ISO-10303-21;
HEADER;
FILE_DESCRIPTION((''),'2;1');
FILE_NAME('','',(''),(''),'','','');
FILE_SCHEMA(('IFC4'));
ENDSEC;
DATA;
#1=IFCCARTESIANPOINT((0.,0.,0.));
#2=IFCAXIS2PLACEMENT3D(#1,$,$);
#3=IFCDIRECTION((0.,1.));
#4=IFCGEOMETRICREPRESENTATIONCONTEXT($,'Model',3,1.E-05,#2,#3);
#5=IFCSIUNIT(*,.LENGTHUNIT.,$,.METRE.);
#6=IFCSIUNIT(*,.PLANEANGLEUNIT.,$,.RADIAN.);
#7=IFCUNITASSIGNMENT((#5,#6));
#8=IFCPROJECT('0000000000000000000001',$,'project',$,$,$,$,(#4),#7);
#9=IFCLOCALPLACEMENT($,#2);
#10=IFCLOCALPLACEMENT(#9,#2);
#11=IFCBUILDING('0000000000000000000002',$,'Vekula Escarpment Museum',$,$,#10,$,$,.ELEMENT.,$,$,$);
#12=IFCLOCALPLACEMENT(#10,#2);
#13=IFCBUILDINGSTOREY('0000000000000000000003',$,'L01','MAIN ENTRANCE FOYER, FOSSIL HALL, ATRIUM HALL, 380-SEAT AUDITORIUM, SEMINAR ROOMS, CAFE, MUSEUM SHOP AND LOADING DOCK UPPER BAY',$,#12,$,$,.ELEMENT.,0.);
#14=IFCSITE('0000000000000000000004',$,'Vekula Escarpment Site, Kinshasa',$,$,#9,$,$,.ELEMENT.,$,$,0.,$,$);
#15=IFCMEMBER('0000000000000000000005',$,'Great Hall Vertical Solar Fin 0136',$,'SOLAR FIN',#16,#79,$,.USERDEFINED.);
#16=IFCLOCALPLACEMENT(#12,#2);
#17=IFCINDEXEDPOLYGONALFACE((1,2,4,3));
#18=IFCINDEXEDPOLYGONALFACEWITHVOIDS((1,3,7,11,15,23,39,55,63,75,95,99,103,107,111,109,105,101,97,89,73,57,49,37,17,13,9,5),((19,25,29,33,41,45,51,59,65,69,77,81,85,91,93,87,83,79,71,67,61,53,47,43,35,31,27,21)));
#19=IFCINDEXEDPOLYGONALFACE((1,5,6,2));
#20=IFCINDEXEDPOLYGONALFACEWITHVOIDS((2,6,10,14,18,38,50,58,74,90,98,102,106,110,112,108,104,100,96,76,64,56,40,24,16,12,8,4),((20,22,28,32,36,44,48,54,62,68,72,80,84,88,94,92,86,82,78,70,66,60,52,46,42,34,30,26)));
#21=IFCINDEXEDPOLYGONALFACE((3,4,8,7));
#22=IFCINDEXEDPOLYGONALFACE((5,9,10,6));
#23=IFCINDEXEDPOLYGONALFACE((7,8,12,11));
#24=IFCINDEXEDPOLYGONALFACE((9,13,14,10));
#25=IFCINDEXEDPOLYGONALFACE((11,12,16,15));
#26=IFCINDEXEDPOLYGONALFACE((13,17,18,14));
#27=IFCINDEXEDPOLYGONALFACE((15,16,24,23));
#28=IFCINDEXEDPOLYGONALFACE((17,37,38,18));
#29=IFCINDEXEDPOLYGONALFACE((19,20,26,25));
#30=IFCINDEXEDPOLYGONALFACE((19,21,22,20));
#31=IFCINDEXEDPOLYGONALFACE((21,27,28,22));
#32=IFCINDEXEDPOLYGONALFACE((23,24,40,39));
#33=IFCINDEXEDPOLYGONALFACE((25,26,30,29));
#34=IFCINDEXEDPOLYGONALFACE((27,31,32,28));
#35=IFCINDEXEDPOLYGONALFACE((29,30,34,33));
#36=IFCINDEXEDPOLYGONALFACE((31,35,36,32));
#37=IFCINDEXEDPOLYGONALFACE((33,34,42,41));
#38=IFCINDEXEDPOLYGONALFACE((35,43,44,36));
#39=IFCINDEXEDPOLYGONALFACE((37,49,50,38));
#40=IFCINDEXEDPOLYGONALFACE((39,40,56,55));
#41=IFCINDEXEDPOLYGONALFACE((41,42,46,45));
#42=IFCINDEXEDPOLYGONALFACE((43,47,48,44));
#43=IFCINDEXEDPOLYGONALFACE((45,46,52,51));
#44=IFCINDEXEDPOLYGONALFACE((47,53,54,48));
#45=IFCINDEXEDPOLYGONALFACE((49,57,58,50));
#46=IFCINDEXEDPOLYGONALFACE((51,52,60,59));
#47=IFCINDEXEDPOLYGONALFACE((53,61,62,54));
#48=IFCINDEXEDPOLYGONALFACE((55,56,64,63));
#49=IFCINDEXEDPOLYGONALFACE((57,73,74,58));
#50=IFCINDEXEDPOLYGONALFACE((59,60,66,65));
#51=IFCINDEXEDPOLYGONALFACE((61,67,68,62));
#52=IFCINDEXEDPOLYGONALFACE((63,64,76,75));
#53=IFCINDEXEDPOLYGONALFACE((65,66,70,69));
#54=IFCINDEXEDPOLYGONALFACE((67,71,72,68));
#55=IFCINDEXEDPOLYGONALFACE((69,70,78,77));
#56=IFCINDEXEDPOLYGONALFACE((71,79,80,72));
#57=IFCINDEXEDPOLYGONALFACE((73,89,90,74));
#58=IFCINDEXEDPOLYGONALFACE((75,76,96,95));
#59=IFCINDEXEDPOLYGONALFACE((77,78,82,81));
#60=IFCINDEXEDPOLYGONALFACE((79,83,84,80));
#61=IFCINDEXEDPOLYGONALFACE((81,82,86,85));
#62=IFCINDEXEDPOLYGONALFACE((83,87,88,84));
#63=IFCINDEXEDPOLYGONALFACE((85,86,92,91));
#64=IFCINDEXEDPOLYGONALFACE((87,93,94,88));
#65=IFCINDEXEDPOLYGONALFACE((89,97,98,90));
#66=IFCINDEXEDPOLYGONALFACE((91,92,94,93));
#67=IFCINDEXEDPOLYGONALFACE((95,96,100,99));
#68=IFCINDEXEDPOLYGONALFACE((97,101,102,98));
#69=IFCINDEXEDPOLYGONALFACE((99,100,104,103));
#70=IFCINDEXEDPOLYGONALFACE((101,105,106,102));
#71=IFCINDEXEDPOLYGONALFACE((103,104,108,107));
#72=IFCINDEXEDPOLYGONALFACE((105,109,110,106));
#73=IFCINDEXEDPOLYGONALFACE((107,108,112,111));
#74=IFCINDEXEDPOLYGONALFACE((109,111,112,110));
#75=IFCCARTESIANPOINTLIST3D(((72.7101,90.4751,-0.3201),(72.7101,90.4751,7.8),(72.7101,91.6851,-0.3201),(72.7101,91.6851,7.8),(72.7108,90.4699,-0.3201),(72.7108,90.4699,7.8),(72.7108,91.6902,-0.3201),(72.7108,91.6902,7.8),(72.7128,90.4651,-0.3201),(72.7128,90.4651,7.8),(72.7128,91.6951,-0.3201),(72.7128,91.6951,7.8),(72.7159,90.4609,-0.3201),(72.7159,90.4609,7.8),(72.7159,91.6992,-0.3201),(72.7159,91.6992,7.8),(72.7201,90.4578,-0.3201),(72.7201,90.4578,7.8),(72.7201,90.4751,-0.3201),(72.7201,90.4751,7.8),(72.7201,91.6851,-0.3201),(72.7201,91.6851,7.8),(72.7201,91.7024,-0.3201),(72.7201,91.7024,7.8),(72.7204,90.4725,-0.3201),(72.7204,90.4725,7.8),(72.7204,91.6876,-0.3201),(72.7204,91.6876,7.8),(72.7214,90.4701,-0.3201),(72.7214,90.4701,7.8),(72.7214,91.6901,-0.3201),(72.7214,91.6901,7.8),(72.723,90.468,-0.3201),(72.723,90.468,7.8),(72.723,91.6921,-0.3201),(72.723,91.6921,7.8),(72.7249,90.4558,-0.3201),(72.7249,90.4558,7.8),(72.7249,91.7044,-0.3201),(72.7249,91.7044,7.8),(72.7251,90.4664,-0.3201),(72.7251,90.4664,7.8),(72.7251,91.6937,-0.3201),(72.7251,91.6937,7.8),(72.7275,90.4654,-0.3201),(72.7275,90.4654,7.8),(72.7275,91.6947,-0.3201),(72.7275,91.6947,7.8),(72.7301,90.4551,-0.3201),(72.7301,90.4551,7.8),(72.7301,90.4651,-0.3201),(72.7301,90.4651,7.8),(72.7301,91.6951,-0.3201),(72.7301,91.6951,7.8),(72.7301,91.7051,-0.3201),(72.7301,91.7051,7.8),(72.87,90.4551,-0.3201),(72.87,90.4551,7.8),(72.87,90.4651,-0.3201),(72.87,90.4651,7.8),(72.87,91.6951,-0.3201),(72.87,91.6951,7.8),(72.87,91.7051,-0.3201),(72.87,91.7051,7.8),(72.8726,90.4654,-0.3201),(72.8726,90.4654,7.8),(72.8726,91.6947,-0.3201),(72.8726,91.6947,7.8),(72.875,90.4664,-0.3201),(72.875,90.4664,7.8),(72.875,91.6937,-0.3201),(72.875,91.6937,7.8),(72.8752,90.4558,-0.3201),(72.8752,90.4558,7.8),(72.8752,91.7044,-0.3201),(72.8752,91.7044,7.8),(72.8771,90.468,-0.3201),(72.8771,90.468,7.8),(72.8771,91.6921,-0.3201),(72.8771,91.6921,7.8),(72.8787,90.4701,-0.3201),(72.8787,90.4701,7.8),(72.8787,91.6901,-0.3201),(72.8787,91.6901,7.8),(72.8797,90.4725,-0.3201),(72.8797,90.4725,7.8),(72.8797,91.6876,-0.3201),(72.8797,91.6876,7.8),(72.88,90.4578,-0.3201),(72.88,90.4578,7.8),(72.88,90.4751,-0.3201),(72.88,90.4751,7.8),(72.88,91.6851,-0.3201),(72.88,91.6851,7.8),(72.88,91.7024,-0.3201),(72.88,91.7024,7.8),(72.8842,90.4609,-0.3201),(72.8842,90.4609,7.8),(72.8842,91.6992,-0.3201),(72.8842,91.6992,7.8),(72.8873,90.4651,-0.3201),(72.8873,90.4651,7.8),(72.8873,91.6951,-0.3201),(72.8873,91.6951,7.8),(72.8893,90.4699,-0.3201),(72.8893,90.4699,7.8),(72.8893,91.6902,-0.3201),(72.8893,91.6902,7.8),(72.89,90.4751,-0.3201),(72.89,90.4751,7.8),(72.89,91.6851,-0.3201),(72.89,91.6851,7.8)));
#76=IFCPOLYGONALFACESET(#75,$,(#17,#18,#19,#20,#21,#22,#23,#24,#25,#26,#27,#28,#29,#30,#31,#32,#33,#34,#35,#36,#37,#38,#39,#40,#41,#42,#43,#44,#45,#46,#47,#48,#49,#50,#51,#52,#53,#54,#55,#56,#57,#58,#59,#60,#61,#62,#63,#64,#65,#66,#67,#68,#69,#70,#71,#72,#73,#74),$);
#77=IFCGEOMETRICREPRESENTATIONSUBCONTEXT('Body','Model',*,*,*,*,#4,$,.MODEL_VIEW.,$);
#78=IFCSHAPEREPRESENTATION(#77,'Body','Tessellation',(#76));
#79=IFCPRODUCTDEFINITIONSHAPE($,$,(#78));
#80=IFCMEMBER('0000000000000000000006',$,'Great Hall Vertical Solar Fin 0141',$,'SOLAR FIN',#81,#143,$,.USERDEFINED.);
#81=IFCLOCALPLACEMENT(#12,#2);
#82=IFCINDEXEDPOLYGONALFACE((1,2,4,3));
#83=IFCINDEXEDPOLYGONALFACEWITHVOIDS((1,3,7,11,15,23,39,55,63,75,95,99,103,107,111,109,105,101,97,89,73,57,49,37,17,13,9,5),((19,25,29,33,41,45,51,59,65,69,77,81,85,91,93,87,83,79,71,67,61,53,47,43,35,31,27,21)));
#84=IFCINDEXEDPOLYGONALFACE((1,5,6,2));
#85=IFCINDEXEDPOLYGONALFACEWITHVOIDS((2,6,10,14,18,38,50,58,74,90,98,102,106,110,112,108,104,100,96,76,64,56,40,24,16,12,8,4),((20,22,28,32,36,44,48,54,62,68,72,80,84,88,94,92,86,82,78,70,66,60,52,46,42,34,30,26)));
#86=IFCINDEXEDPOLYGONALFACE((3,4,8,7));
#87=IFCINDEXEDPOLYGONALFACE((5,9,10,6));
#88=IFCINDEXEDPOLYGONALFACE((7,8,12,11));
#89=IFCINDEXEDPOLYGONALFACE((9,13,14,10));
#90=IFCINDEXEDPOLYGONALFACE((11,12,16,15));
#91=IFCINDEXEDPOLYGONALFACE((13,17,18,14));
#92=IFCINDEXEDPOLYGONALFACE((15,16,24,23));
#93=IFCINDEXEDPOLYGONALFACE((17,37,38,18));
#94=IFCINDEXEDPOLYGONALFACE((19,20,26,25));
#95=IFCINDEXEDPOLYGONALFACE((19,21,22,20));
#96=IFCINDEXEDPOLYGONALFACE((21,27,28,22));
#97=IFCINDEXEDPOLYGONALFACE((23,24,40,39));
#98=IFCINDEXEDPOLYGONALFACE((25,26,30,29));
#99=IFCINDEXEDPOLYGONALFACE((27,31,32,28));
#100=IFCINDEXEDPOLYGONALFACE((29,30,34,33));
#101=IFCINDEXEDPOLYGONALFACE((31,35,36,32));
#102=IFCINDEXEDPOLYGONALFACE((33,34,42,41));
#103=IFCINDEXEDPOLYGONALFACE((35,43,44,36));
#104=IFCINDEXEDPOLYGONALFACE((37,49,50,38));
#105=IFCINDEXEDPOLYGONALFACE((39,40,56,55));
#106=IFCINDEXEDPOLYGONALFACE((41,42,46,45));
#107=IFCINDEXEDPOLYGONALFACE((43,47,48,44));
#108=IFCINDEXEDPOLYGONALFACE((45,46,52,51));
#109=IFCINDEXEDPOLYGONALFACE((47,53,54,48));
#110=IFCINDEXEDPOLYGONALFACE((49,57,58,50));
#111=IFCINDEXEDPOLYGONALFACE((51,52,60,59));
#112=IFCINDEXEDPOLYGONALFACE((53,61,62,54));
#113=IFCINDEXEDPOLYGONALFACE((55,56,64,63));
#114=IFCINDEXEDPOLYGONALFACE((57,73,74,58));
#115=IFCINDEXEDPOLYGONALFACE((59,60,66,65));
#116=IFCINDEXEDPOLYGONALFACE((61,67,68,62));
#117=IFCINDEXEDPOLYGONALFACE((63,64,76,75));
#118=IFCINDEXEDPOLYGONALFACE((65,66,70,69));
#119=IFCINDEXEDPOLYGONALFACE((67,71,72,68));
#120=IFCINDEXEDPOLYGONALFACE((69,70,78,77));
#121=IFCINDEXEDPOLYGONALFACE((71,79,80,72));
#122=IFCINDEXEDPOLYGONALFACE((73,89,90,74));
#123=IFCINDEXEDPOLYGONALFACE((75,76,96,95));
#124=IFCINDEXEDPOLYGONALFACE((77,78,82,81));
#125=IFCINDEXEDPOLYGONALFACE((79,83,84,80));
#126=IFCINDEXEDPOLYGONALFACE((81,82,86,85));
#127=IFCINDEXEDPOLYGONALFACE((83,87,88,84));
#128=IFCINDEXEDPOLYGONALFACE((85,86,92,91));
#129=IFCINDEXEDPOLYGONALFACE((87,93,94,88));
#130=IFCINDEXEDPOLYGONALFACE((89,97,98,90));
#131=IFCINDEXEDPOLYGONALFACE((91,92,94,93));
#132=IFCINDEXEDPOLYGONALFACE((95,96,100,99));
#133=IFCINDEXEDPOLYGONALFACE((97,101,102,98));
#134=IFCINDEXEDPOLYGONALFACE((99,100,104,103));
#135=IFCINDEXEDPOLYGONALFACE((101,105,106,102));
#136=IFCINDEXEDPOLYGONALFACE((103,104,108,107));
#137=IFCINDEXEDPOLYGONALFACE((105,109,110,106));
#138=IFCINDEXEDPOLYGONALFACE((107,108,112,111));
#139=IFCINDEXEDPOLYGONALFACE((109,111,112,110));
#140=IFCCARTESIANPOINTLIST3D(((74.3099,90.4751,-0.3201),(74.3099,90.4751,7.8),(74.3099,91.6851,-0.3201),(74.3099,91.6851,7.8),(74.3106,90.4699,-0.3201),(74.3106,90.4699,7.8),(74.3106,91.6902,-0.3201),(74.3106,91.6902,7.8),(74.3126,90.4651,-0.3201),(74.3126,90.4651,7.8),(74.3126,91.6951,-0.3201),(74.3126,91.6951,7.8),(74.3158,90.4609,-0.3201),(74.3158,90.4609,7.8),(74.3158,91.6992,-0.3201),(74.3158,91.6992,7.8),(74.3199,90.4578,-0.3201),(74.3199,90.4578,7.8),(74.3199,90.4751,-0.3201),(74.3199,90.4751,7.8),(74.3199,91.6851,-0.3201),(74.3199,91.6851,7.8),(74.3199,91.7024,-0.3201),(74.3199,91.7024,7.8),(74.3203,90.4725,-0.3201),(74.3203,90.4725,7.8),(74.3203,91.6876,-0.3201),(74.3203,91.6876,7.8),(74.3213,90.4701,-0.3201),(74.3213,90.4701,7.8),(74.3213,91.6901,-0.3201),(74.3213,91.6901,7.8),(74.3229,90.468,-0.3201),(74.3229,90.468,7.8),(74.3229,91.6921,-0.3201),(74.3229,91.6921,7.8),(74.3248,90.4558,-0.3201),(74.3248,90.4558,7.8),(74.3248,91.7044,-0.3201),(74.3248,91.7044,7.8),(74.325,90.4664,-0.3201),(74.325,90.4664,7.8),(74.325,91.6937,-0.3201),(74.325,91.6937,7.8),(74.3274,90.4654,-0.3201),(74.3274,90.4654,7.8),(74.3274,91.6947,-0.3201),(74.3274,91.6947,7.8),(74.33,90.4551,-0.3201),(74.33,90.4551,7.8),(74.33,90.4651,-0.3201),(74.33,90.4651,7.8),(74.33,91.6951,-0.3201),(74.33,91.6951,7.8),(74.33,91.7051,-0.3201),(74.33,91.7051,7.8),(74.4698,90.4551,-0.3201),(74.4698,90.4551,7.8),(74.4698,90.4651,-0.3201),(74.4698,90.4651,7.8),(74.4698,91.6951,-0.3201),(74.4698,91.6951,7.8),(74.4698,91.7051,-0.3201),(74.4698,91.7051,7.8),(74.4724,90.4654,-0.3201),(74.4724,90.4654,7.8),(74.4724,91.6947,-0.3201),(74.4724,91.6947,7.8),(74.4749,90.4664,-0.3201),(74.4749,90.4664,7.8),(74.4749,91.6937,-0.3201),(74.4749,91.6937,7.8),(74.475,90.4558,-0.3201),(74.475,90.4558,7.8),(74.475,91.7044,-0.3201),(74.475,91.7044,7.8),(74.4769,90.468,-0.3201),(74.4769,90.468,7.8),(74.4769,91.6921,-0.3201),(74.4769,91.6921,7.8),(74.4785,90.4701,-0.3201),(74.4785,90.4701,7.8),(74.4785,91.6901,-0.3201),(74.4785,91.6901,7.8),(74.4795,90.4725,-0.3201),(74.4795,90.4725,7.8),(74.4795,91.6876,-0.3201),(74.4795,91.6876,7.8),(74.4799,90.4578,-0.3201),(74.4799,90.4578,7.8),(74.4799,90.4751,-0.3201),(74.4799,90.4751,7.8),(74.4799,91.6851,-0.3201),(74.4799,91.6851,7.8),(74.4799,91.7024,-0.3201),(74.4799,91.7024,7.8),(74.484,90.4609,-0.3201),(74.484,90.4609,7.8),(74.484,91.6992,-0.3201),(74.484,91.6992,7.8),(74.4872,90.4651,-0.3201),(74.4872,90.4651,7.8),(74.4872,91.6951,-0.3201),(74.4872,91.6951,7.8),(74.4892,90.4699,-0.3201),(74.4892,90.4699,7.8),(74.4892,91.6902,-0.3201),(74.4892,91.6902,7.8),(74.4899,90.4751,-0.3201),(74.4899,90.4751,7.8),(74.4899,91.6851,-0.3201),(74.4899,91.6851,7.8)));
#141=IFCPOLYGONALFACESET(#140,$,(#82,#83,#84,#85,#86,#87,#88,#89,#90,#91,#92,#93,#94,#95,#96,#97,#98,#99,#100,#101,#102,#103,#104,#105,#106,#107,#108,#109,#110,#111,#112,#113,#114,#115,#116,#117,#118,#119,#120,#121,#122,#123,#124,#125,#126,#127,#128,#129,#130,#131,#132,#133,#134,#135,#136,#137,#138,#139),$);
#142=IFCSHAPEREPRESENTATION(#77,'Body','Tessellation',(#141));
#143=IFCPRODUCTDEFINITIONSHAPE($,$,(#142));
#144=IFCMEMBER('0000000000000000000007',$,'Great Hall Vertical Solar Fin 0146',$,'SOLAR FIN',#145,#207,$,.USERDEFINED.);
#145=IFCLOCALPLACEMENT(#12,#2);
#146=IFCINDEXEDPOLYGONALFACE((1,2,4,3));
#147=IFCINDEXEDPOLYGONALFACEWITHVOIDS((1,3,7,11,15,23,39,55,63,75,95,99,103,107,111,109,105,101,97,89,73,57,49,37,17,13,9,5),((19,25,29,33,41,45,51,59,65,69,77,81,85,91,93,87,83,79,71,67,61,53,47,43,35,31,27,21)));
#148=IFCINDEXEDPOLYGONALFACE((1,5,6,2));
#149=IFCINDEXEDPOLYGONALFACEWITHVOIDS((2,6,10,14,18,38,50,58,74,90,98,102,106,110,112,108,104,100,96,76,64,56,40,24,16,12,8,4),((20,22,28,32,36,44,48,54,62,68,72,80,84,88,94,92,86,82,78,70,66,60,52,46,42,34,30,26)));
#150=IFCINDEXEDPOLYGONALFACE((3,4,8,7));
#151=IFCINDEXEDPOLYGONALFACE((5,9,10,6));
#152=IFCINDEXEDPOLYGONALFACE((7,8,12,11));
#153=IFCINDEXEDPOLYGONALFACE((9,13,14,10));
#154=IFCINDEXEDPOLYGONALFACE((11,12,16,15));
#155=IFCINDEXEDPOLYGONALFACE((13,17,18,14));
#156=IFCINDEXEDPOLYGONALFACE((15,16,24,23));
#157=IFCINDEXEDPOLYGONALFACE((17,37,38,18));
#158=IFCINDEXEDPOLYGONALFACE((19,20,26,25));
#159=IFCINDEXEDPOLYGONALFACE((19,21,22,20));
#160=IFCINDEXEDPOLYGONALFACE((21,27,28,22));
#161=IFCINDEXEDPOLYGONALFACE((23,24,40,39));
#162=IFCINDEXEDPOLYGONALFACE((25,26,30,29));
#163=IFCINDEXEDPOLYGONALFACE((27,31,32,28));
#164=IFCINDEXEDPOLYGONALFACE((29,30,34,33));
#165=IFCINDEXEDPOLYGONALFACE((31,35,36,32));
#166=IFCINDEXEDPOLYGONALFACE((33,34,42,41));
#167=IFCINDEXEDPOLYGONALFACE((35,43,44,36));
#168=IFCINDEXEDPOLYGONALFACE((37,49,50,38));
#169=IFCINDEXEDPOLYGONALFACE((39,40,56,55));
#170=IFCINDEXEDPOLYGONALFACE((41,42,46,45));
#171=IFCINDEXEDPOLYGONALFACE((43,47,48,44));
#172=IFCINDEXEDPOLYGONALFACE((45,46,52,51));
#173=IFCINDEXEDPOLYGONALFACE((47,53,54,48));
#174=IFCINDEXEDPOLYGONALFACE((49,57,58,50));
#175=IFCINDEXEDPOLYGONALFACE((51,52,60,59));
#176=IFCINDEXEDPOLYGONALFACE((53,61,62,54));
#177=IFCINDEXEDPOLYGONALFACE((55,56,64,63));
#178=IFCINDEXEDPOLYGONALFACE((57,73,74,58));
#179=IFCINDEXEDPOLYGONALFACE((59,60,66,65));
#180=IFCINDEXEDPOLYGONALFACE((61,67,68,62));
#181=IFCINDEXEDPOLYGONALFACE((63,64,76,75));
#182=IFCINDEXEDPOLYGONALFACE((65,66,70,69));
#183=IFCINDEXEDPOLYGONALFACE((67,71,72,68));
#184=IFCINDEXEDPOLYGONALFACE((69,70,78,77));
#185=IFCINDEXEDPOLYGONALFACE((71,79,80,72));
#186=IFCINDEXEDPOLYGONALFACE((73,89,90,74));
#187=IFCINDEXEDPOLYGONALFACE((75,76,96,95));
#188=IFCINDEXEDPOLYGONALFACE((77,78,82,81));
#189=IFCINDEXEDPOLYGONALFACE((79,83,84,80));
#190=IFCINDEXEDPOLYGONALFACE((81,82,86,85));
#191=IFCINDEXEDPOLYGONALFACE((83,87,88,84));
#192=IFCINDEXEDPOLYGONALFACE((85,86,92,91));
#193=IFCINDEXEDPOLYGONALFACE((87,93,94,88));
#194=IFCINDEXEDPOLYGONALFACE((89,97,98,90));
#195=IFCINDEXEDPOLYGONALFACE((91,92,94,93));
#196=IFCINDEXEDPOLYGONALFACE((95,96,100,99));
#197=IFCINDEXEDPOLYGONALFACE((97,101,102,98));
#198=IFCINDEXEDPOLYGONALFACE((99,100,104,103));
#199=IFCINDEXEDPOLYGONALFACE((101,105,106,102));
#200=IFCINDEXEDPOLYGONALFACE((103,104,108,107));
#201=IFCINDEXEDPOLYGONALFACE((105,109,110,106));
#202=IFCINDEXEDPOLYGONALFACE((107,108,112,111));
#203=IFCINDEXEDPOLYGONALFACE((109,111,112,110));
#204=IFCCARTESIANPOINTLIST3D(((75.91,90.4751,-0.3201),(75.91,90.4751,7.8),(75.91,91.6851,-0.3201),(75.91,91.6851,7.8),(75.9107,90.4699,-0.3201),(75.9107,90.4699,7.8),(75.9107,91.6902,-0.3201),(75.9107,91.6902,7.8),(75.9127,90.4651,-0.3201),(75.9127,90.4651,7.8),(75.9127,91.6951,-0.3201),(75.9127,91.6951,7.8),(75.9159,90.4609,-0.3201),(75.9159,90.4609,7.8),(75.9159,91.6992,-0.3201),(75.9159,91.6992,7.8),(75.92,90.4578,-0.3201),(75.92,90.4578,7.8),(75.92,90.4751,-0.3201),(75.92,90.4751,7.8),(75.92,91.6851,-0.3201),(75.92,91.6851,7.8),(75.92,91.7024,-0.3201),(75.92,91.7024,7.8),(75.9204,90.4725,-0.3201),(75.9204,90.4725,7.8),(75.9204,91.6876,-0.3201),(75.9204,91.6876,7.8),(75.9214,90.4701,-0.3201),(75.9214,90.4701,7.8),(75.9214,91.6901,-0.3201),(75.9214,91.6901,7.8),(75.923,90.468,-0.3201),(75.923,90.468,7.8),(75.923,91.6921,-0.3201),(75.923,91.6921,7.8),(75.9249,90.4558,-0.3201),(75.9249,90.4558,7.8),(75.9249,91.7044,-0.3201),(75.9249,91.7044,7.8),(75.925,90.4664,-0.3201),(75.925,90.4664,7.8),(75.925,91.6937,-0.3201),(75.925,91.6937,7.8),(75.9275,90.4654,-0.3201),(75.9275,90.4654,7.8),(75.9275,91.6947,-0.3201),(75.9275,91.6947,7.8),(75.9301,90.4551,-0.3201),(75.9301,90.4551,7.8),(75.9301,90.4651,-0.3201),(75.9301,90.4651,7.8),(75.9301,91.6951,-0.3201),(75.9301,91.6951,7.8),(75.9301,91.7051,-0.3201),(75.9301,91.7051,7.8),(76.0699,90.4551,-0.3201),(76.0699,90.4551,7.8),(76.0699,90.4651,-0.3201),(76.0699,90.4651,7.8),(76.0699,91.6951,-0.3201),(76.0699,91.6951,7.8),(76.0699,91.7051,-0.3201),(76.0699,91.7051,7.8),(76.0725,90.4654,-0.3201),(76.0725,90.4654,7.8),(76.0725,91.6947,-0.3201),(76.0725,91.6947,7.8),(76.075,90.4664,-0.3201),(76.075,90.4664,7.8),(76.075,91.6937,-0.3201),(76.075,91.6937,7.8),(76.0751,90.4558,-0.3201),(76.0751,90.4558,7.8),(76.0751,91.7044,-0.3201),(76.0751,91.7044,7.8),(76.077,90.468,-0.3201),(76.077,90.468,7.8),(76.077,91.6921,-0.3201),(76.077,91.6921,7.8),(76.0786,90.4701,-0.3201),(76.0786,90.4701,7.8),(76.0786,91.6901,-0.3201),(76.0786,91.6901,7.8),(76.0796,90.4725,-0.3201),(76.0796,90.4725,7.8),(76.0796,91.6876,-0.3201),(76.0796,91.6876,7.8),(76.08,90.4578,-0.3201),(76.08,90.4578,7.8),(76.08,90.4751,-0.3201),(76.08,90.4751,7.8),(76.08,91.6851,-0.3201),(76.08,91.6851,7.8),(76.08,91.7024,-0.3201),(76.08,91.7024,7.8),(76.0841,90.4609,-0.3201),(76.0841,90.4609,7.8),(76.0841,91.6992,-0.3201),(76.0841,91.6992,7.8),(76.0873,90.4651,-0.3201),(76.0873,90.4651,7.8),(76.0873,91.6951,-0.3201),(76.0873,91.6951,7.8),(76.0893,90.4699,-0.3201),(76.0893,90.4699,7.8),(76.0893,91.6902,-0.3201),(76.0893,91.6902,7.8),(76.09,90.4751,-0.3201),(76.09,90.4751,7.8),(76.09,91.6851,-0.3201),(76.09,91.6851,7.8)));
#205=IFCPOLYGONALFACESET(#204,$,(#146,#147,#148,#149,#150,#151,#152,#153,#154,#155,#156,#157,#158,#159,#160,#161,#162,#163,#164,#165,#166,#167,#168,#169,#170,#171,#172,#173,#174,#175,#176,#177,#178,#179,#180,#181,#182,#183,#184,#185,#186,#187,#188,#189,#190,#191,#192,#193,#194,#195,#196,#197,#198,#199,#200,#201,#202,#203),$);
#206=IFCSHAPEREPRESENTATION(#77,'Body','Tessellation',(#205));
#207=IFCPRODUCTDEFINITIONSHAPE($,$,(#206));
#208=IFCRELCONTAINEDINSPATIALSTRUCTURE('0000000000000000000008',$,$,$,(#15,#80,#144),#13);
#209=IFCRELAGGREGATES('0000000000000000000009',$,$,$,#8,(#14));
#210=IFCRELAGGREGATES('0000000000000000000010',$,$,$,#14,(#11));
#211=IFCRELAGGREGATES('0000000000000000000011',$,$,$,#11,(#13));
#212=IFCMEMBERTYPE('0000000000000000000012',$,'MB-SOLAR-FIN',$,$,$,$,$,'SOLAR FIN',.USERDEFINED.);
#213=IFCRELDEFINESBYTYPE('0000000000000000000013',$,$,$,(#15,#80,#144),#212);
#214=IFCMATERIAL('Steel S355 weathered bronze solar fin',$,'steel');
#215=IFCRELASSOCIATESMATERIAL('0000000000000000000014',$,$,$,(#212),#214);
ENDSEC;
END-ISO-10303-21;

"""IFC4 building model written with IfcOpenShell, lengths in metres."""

from ifc_helpers import new_model, si_unit, direction, frame, origin, origin_2d, place, context, subcontext, project, spatial, hollow_rectangle, extrude, material, material_profile, profile_set, type_object, element, save


model = new_model("IFC4")

# Units and contexts
model_context = context("Model", 3, precision=1e-05, world=origin(), true_north=direction((0.0, 1.0)))
body_context = subcontext(model_context, "Body", "Model", "MODEL_VIEW")
ifc_project = project(units=[si_unit("LENGTHUNIT", "METRE"), si_unit("PLANEANGLEUNIT", "RADIAN")], contexts=[model_context])

# Site, building, storey
site_placement = place(None, origin())
site = spatial("IfcSite", under=ifc_project, at=site_placement, Name="Vekula Escarpment Site, Kinshasa", CompositionType="ELEMENT", RefElevation=0.0)
building_placement = place(site_placement, origin())
building = spatial("IfcBuilding", under=site, at=building_placement, Name="Vekula Escarpment Museum", CompositionType="ELEMENT")
storey_placement = place(building_placement, origin())
storey = spatial("IfcBuildingStorey", under=building, at=storey_placement, Name="L01", Description="MAIN ENTRANCE FOYER, FOSSIL HALL, ATRIUM HALL, 380-SEAT AUDITORIUM, SEMINAR ROOMS, CAFE, MUSEUM SHOP AND LOADING DOCK UPPER BAY", CompositionType="ELEMENT", Elevation=0.0)

# Members
ifc_material_1 = material(Name="Steel S355 weathered bronze solar fin", Category="steel")
ifc_material_profile_1 = material_profile(ifc_material_1, hollow_rectangle(XDim=0.1799, YDim=1.25, WallThickness=0.01, InnerFilletRadius=0.01, OuterFilletRadius=0.02, at=origin_2d()), Name="RHS 1250x180x10")
ifc_profile_set_1 = profile_set([ifc_material_profile_1], Name="Steel S355 weathered bronze solar fin")
member_type_1 = type_object("IfcMemberType", Name="MB-SOLAR-FIN", ElementType="SOLAR FIN", PredefinedType="USERDEFINED", material=ifc_profile_set_1)
for number, where, z_axis, x_axis, name in (
    (1, (72.8, 91.0801, -0.3201), (0.0, 0.0, 1.0), (1.0, 0.0, 0.0), "Great Hall Vertical Solar Fin 0136"),
    (2, (74.3999, 91.0801, -0.3201), (0.0, 0.0, 1.0), (1.0, 0.0, 0.0), "Great Hall Vertical Solar Fin 0141"),
    (3, (76.0, 91.0801, -0.3201), (0.0, 0.0, 1.0), (1.0, 0.0, 0.0), "Great Hall Vertical Solar Fin 0146"),
):
    element("IfcMember", number, at=place(storey_placement, frame(where, z_axis=z_axis, x_axis=x_axis)), inside=storey, type_object=member_type_1, Name=name, ObjectType="SOLAR FIN", PredefinedType="USERDEFINED", context=body_context, shape_type="SweptSolid", body=[
        extrude(hollow_rectangle(XDim=0.1799, YDim=1.25, WallThickness=0.01, InnerFilletRadius=0.01, OuterFilletRadius=0.02, at=origin_2d()), origin(), (0.0, 0.0, 1.0), 8.1201),
    ])

save(model, "model.ifc")
